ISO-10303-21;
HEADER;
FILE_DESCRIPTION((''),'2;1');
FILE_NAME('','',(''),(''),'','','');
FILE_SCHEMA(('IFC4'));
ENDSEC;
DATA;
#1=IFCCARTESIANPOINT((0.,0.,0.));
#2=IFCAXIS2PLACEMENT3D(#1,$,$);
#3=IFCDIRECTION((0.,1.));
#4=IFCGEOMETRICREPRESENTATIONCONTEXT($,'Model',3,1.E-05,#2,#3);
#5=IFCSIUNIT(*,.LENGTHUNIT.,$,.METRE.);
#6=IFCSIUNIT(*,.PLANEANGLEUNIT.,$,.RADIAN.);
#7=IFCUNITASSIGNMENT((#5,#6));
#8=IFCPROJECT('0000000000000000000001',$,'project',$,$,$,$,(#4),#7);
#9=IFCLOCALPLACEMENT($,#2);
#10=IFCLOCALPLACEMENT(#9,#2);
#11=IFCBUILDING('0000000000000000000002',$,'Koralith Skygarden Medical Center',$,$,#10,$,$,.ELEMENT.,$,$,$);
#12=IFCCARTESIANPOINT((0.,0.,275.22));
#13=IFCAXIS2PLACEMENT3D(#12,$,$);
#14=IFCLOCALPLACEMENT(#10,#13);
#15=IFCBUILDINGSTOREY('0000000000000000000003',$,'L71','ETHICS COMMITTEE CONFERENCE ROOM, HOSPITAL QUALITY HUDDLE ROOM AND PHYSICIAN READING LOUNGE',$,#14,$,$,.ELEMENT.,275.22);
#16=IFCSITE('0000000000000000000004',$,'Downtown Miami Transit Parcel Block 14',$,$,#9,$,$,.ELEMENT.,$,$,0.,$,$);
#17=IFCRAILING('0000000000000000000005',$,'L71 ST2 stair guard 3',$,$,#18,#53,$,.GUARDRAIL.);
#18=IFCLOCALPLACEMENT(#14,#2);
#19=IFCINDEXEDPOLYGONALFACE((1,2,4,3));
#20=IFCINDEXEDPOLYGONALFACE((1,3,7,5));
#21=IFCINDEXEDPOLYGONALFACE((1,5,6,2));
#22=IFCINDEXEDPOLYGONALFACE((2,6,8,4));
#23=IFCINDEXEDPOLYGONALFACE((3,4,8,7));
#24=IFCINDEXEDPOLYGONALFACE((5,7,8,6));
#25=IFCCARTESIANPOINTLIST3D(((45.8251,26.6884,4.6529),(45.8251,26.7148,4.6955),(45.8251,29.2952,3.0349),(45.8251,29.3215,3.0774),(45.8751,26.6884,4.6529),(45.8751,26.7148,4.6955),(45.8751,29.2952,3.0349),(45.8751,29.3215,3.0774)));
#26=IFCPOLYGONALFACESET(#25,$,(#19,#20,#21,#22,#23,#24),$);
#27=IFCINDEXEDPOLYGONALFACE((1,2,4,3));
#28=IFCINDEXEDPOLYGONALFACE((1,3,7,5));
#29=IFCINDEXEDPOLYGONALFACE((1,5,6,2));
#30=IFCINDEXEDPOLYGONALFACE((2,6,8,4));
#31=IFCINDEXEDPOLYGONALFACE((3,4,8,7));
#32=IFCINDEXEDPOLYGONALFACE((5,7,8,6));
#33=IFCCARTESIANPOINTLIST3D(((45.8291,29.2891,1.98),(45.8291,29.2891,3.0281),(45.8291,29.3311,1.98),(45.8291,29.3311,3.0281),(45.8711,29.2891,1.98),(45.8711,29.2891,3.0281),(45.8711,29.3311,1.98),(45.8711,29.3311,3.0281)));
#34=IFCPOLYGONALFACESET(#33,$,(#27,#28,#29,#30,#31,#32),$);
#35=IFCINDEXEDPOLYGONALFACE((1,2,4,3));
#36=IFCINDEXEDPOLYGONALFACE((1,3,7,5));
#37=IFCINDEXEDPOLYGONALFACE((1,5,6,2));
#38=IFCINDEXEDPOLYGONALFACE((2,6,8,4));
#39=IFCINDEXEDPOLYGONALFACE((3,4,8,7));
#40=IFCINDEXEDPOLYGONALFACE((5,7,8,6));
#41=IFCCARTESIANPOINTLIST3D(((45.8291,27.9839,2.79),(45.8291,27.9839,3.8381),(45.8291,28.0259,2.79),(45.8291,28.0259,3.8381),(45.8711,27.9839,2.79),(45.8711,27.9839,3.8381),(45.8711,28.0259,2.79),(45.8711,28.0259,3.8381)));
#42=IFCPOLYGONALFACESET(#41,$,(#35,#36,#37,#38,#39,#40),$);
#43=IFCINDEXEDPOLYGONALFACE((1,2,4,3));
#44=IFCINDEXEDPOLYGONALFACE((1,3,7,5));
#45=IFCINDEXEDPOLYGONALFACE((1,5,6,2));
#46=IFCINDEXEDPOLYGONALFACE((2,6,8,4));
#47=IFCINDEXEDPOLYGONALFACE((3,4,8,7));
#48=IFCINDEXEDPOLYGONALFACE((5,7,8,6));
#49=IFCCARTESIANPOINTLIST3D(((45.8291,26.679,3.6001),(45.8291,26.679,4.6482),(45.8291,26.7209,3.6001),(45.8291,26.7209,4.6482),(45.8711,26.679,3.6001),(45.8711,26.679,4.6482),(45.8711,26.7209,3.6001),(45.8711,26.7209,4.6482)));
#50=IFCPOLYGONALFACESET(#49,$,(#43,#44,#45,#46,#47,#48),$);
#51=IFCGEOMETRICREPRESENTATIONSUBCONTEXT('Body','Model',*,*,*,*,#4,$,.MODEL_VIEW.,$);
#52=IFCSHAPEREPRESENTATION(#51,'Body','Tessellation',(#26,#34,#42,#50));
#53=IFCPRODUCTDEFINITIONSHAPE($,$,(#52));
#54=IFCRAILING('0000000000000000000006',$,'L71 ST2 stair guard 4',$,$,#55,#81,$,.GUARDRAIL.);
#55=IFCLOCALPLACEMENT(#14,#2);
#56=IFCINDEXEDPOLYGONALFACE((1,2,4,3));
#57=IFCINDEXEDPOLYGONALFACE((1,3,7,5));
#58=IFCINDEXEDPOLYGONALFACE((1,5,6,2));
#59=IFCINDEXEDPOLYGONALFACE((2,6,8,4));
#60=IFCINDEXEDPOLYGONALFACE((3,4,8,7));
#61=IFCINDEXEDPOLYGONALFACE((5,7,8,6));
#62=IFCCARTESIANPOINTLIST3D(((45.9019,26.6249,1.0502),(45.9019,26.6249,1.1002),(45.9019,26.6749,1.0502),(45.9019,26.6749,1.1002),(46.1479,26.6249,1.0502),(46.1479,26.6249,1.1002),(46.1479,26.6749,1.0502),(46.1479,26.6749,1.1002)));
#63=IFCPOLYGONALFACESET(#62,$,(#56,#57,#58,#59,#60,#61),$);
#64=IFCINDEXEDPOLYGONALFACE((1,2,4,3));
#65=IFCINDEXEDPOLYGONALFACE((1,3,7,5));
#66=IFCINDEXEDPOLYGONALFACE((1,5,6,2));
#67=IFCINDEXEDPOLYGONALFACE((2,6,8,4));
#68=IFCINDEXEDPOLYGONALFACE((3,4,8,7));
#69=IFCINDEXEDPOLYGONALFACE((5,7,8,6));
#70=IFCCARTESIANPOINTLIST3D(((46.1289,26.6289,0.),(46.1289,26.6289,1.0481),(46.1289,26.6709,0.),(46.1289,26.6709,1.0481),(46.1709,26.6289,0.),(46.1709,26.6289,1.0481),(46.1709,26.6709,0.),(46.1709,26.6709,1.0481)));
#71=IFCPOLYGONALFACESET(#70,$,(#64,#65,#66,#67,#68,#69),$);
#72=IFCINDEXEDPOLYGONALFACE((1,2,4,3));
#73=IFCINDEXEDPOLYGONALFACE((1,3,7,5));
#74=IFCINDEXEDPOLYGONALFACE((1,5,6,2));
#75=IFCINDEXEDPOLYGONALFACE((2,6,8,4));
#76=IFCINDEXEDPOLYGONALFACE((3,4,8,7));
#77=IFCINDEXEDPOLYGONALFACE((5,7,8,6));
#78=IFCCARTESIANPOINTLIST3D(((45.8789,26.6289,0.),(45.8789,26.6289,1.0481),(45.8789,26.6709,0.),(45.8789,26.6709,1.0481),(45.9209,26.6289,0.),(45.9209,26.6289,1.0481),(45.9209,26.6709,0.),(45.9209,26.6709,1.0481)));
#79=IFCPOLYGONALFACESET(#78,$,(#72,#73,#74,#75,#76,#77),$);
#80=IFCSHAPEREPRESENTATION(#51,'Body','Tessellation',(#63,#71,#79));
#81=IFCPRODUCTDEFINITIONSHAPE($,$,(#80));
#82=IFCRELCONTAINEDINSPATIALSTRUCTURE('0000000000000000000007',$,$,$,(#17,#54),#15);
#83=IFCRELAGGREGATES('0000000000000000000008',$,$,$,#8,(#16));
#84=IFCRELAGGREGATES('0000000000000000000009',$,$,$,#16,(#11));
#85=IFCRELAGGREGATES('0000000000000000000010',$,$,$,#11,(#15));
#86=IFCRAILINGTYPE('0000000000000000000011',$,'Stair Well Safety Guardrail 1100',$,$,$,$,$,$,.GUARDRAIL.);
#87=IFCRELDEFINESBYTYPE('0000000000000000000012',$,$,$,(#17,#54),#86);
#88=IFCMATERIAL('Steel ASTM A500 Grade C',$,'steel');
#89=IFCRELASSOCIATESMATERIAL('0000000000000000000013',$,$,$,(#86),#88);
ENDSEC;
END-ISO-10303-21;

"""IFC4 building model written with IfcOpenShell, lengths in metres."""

from ifc_helpers import new_model, si_unit, direction, frame, origin, origin_2d, place, context, subcontext, project, spatial, rectangle, extrude, material, type_object, element, save


model = new_model("IFC4")

# Units and contexts
model_context = context("Model", 3, precision=1e-05, world=origin(), true_north=direction((0.0, 1.0)))
body_context = subcontext(model_context, "Body", "Model", "MODEL_VIEW")
ifc_project = project(units=[si_unit("LENGTHUNIT", "METRE"), si_unit("PLANEANGLEUNIT", "RADIAN")], contexts=[model_context])

# Site, building, storey
site_placement = place(None, origin())
site = spatial("IfcSite", under=ifc_project, at=site_placement, Name="Downtown Miami Transit Parcel Block 14", CompositionType="ELEMENT", RefElevation=0.0)
building_placement = place(site_placement, origin())
building = spatial("IfcBuilding", under=site, at=building_placement, Name="Koralith Skygarden Medical Center", CompositionType="ELEMENT")
storey_placement = place(building_placement, frame((0.0, 0.0, 275.22)))
storey = spatial("IfcBuildingStorey", under=building, at=storey_placement, Name="L71", Description="ETHICS COMMITTEE CONFERENCE ROOM, HOSPITAL QUALITY HUDDLE ROOM AND PHYSICIAN READING LOUNGE", CompositionType="ELEMENT", Elevation=275.22)

# Railings
ifc_material_1 = material(Name="Steel ASTM A500 Grade C", Category="steel")
railing_type_1 = type_object("IfcRailingType", Name="Stair Well Safety Guardrail 1100", PredefinedType="GUARDRAIL", material=ifc_material_1)
railing_1_placement = place(storey_placement, frame((45.8501, 29.3101, 1.98)))
element("IfcRailing", 1, at=railing_1_placement, inside=storey, type_object=railing_type_1, Name="L71 ST2 stair guard 3", PredefinedType="GUARDRAIL", context=body_context, shape_type="SweptSolid", body=[
    extrude(rectangle(XDim=0.05, YDim=0.05, at=origin_2d()), frame((0.0, -0.0017, 1.0762), z_axis=(0.0, -0.849633, 0.527375), x_axis=(1.0, 0.0, 0.0)), (0.0, 0.0, 1.0), 3.0681),
    extrude(rectangle(XDim=0.042, YDim=0.042, at=origin_2d()), origin(), (0.0, 0.0, 1.0), 1.0481),
    extrude(rectangle(XDim=0.042, YDim=0.042, at=origin_2d()), frame((0.0, -1.3052, 0.8101)), (0.0, 0.0, 1.0), 1.0481),
    extrude(rectangle(XDim=0.042, YDim=0.042, at=origin_2d()), frame((0.0, -2.6101, 1.6201)), (0.0, 0.0, 1.0), 1.0481),
])
railing_2_placement = place(storey_placement, frame((46.1499, 26.6499, 0.0)))
element("IfcRailing", 2, at=railing_2_placement, inside=storey, type_object=railing_type_1, Name="L71 ST2 stair guard 4", PredefinedType="GUARDRAIL", context=body_context, shape_type="SweptSolid", body=[
    extrude(rectangle(XDim=0.05, YDim=0.05, at=origin_2d()), frame((-0.002, 0.0, 1.0752), z_axis=(-1.0, 0.0, 0.0), x_axis=(0.0, -1.0, 0.0)), (0.0, 0.0, 1.0), 0.2461),
    extrude(rectangle(XDim=0.042, YDim=0.042, at=origin_2d()), origin(), (0.0, 0.0, 1.0), 1.0481),
    extrude(rectangle(XDim=0.042, YDim=0.042, at=origin_2d()), frame((-0.25, 0.0, 0.0)), (0.0, 0.0, 1.0), 1.0481),
])

save(model, "model.ifc")
